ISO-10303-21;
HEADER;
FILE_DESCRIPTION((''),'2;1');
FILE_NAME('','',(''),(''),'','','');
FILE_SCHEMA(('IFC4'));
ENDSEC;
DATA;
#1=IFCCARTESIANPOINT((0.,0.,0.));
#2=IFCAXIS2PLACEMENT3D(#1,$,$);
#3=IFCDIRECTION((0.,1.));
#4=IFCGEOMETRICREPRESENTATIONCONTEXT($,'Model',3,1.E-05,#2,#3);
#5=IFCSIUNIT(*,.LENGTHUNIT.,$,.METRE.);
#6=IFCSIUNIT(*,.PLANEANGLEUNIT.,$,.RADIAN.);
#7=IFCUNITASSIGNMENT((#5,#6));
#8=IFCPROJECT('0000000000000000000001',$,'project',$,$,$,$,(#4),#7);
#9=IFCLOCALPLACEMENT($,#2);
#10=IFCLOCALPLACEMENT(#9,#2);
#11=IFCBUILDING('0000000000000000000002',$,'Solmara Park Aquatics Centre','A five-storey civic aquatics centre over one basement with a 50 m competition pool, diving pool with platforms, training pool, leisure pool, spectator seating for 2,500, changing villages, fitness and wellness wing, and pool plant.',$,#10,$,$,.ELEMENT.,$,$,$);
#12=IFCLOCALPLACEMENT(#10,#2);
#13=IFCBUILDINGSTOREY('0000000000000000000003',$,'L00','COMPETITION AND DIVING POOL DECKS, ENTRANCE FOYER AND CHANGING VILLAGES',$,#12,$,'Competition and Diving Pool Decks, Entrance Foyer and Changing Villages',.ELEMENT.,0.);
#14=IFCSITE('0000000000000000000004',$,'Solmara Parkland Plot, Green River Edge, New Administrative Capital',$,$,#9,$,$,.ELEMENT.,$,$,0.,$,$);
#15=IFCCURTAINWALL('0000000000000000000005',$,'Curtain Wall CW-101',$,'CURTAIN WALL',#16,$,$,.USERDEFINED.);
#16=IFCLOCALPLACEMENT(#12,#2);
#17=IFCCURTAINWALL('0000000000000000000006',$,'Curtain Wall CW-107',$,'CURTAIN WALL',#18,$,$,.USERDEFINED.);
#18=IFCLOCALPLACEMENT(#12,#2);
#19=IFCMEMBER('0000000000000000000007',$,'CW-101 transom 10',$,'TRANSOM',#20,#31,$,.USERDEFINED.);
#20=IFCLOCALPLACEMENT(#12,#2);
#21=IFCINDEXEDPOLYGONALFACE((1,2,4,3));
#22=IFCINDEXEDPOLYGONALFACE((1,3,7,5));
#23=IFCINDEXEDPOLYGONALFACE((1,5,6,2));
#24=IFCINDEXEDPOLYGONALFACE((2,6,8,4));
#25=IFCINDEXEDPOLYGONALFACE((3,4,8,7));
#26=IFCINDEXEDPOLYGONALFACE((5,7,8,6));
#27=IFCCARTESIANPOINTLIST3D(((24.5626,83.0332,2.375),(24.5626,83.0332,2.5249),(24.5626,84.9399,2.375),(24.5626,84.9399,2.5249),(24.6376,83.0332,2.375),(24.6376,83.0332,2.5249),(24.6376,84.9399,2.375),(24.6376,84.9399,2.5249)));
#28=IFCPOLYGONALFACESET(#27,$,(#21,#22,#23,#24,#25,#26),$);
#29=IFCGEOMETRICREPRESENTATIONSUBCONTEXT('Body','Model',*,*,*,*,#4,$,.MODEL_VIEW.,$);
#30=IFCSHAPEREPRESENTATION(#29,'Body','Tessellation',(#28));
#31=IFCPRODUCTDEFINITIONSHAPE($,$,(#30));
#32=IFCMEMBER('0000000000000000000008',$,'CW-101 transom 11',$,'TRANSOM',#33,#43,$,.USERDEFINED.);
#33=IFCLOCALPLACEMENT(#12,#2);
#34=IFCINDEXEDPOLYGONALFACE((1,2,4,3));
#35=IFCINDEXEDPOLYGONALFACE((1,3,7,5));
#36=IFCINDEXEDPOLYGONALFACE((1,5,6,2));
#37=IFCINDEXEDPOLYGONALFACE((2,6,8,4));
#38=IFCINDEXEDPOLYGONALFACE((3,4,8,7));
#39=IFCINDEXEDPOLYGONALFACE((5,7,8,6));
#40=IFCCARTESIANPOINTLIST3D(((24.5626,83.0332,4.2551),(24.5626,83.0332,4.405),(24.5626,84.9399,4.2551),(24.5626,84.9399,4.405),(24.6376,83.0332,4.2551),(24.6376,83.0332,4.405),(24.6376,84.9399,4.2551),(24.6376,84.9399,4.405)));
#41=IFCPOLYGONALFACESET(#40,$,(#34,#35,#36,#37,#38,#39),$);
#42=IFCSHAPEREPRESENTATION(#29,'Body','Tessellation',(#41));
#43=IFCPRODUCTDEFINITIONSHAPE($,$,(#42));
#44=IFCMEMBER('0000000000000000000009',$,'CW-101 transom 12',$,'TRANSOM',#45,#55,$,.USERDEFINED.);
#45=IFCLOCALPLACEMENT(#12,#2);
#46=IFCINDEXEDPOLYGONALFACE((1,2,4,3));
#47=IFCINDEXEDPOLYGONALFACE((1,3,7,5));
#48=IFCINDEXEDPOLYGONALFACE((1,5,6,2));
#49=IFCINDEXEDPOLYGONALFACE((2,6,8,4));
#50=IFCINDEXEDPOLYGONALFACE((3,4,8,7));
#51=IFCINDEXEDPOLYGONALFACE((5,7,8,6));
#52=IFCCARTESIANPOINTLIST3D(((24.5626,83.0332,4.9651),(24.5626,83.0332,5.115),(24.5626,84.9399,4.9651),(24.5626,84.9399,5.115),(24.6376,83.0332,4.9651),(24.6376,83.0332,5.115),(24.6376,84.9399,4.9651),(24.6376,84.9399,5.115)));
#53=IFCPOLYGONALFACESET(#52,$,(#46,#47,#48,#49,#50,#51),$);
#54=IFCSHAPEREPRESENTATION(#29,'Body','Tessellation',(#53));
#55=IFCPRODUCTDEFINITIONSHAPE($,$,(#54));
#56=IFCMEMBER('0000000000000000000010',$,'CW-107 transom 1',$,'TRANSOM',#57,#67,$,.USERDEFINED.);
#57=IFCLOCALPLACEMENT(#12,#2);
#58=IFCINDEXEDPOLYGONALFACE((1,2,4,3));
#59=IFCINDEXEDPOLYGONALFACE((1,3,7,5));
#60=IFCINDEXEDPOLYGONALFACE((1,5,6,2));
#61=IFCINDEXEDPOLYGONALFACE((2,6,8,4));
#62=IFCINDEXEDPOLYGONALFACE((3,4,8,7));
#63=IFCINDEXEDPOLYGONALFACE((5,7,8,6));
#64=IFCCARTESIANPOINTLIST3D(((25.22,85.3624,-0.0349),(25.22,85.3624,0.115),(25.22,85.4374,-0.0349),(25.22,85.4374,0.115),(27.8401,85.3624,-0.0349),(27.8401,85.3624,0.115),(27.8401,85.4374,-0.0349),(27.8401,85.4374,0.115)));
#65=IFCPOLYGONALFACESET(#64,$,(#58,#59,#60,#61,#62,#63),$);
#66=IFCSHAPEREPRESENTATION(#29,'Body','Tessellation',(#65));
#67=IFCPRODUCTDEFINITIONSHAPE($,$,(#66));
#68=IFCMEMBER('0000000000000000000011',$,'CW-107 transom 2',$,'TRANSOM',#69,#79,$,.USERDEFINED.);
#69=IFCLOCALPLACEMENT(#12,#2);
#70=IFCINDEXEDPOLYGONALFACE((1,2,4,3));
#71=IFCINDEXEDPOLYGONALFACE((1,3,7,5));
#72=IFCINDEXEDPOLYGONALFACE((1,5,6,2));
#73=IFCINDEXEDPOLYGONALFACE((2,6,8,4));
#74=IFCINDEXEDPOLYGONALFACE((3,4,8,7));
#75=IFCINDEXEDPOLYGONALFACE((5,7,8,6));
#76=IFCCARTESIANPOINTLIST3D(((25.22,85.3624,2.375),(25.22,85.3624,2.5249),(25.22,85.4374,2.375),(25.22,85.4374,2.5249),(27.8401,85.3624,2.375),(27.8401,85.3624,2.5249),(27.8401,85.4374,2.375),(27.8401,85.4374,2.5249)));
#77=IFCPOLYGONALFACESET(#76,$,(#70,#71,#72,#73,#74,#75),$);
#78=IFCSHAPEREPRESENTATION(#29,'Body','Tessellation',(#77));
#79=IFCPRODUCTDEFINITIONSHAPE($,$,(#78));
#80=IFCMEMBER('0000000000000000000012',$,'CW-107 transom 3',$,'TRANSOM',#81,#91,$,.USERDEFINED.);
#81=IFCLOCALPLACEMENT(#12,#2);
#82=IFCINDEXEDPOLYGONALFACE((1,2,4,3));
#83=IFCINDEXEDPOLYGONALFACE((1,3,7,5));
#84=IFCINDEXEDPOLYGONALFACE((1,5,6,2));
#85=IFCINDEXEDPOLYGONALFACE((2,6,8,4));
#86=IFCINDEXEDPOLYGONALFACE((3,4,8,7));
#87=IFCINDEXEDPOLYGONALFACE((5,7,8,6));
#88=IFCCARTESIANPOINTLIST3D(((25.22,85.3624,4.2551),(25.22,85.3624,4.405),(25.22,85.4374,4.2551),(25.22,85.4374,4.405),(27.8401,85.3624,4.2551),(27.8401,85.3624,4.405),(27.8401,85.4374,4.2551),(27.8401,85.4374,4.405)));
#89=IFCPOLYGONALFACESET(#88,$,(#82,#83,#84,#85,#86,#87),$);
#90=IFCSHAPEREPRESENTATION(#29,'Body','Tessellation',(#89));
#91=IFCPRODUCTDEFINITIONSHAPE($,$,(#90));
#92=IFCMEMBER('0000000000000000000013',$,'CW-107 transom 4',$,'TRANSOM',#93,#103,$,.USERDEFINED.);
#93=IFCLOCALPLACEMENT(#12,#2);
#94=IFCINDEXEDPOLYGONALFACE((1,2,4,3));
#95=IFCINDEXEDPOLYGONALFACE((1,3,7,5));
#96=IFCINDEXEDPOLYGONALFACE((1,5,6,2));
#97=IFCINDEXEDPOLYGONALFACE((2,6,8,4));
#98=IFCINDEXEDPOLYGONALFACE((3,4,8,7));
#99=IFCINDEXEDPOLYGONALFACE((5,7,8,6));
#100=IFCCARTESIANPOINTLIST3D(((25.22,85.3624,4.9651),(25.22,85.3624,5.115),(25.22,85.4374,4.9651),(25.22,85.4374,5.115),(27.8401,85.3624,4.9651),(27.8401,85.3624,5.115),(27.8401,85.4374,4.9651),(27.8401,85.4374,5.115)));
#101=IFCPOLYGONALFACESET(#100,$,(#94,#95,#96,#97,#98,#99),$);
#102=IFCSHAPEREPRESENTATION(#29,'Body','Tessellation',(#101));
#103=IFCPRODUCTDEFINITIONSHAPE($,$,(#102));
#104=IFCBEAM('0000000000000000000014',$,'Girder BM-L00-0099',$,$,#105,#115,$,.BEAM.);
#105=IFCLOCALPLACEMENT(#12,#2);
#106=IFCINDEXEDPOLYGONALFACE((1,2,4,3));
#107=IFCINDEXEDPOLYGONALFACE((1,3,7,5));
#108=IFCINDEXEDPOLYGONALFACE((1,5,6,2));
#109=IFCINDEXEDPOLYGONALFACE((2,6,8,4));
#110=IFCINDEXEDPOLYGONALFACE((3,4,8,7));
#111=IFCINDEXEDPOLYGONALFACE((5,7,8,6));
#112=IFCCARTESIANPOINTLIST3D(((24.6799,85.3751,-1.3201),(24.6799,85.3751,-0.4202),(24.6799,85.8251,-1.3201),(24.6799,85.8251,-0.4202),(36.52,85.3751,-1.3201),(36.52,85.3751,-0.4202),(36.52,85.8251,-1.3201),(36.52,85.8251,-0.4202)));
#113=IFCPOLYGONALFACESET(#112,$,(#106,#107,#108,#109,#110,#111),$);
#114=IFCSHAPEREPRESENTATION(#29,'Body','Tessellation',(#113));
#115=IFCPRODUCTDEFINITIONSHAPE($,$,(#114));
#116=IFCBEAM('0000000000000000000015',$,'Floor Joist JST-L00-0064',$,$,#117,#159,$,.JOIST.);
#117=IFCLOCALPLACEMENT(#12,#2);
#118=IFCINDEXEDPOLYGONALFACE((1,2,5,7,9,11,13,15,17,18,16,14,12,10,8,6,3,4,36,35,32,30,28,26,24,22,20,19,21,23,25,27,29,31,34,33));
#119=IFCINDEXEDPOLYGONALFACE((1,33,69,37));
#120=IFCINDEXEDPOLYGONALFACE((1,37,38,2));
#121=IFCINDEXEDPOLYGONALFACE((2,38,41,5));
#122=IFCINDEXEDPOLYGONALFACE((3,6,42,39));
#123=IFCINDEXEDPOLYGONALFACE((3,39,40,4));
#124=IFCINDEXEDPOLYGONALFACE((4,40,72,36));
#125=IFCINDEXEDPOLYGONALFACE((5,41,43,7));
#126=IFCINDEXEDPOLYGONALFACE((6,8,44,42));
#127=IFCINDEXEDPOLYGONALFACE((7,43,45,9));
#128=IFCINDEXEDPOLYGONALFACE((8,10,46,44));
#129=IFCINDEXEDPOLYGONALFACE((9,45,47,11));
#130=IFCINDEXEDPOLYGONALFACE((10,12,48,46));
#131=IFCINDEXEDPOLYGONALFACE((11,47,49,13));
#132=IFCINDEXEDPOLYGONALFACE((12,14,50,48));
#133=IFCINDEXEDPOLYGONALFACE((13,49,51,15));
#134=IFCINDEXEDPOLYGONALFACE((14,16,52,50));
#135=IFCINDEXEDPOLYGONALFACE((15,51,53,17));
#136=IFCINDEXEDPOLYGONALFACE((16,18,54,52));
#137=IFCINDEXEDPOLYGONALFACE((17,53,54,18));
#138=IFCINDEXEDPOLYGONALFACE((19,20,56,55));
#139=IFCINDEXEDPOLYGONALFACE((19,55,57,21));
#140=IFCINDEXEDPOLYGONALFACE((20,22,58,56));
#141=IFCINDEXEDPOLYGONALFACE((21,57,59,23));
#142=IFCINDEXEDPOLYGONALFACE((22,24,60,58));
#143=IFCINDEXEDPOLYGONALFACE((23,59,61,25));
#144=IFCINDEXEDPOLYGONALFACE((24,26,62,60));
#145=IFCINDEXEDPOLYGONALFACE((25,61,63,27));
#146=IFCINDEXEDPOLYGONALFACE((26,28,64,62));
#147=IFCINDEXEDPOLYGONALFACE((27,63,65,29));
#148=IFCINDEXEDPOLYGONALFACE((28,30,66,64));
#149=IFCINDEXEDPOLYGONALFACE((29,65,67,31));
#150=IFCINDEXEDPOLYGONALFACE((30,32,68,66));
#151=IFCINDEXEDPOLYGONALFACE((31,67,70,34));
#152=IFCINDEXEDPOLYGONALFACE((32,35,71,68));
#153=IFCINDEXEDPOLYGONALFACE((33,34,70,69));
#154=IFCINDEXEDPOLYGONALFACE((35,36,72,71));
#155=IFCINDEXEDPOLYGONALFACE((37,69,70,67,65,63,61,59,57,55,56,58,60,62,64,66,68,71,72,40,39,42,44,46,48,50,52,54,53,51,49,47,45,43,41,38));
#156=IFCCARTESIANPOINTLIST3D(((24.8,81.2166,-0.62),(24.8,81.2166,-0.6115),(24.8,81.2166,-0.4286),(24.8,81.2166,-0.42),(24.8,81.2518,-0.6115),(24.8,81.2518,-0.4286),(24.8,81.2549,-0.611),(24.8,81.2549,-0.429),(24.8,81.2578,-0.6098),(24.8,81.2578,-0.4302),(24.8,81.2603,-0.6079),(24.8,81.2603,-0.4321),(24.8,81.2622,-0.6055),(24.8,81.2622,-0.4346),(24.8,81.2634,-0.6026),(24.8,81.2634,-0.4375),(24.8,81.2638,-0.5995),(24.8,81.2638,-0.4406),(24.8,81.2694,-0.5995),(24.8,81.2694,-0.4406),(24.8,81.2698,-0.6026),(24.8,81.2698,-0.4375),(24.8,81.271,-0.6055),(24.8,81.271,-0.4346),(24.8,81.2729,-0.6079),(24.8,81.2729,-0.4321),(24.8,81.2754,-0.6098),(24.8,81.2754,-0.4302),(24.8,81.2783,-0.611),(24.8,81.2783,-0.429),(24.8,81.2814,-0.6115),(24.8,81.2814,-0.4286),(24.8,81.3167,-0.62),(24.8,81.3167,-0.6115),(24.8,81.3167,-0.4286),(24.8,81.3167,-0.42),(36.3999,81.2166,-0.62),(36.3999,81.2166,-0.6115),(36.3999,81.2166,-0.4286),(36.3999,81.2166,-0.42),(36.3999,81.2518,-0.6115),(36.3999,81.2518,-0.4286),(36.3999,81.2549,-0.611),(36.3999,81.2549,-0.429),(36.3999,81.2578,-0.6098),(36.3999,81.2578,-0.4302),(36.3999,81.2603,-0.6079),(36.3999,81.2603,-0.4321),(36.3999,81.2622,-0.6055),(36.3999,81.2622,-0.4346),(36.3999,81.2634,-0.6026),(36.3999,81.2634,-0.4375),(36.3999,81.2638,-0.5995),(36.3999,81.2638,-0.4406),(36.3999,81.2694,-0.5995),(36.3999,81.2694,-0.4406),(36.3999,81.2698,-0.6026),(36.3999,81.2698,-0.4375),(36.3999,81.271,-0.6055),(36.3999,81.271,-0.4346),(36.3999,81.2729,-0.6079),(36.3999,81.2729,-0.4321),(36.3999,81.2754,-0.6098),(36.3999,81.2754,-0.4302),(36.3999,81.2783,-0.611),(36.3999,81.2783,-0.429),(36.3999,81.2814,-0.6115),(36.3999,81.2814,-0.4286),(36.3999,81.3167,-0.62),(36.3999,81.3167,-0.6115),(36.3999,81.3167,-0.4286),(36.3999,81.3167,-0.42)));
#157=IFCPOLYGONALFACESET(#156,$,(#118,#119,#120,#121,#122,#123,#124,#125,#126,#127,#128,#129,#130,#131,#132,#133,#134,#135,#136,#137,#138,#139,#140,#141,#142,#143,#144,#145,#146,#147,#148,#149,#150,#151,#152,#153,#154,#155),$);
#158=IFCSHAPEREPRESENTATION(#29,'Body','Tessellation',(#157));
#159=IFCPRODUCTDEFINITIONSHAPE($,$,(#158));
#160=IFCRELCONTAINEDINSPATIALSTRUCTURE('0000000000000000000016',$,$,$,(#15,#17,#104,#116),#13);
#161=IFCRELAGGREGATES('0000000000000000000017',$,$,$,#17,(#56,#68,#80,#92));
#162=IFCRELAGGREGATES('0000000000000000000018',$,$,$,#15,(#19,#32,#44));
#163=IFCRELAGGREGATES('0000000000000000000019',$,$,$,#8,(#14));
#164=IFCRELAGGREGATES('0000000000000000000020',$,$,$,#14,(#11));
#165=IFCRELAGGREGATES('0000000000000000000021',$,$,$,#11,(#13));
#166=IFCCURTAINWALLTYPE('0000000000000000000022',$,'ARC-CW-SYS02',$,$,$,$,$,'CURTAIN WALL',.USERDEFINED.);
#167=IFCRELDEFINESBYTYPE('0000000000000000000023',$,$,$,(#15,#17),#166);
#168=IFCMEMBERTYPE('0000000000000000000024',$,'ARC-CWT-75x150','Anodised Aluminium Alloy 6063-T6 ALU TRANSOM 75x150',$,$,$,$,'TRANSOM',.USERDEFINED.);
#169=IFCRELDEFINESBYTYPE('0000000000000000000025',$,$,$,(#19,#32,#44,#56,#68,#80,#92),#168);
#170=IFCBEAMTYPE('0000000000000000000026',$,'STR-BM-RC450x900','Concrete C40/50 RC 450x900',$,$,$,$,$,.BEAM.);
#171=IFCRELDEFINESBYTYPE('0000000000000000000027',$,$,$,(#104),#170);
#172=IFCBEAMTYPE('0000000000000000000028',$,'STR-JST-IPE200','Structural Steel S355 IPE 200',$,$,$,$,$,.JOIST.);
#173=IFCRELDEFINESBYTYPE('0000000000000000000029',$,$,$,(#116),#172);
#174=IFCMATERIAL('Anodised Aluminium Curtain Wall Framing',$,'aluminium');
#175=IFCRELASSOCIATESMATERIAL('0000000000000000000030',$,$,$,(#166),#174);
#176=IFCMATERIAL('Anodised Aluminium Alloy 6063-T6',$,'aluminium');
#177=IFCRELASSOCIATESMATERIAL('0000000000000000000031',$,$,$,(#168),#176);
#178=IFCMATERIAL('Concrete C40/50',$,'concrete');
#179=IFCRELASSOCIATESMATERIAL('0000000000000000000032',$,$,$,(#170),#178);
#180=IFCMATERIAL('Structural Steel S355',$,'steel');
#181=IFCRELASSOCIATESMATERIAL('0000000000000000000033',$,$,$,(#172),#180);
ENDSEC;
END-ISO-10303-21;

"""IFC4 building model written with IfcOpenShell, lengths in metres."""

from ifc_helpers import new_model, si_unit, direction, frame, origin, origin_2d, place, context, subcontext, project, spatial, rectangle, i_section, extrude, material, material_profile, profile_set, type_object, element, aggregate, save


model = new_model("IFC4")

# Units and contexts
model_context = context("Model", 3, precision=1e-05, world=origin(), true_north=direction((0.0, 1.0)))
body_context = subcontext(model_context, "Body", "Model", "MODEL_VIEW")
ifc_project = project(units=[si_unit("LENGTHUNIT", "METRE"), si_unit("PLANEANGLEUNIT", "RADIAN")], contexts=[model_context])

# Site, building, storey
site_placement = place(None, origin())
site = spatial("IfcSite", under=ifc_project, at=site_placement, Name="Solmara Parkland Plot, Green River Edge, New Administrative Capital", CompositionType="ELEMENT", RefElevation=0.0)
building_placement = place(site_placement, origin())
building = spatial("IfcBuilding", under=site, at=building_placement, Name="Solmara Park Aquatics Centre", Description="A five-storey civic aquatics centre over one basement with a 50 m competition pool, diving pool with platforms, training pool, leisure pool, spectator seating for 2,500, changing villages, fitness and wellness wing, and pool plant.", CompositionType="ELEMENT")
storey_placement = place(building_placement, origin())
storey = spatial("IfcBuildingStorey", under=building, at=storey_placement, Name="L00", Description="COMPETITION AND DIVING POOL DECKS, ENTRANCE FOYER AND CHANGING VILLAGES", LongName="Competition and Diving Pool Decks, Entrance Foyer and Changing Villages", CompositionType="ELEMENT", Elevation=0.0)

# Shared definitions
ifc_material_1 = material(Name="Concrete C40/50", Category="concrete")

# Curtain wall
ifc_material_2 = material(Name="Anodised Aluminium Curtain Wall Framing", Category="aluminium")
curtain_wall_type = type_object("IfcCurtainWallType", Name="ARC-CW-SYS02", ElementType="CURTAIN WALL", PredefinedType="USERDEFINED", material=ifc_material_2)
curtain_wall_1_placement = place(storey_placement, origin())
curtain_wall_1 = element("IfcCurtainWall", 1, at=curtain_wall_1_placement, inside=storey, type_object=curtain_wall_type, Name="Curtain Wall CW-101", ObjectType="CURTAIN WALL", PredefinedType="USERDEFINED")
ifc_material_3 = material(Name="Anodised Aluminium Alloy 6063-T6", Category="aluminium")

# Curtain wall
curtain_wall_2_placement = place(storey_placement, origin())
curtain_wall_2 = element("IfcCurtainWall", 2, at=curtain_wall_2_placement, inside=storey, type_object=curtain_wall_type, Name="Curtain Wall CW-107", ObjectType="CURTAIN WALL", PredefinedType="USERDEFINED")

# Members
ifc_material_profile_1 = material_profile(ifc_material_3, rectangle(XDim=0.075, YDim=0.1499, at=origin_2d()), Name="ALU TRANSOM 75x150")
ifc_profile_set_1 = profile_set([ifc_material_profile_1], Name="Anodised Aluminium Alloy 6063-T6")
member_type_1 = type_object("IfcMemberType", Name="ARC-CWT-75x150", Description="Anodised Aluminium Alloy 6063-T6 ALU TRANSOM 75x150", ElementType="TRANSOM", PredefinedType="USERDEFINED", material=ifc_profile_set_1)
member_1_placement = place(storey_placement, frame((24.6001, 83.0332, 2.45), z_axis=(0.0, 1.0, 0.0), x_axis=(-1.0, 0.0, 0.0)))
member_1 = element("IfcMember", 3, at=member_1_placement, type_object=member_type_1, Name="CW-101 transom 10", ObjectType="TRANSOM", PredefinedType="USERDEFINED", context=body_context, shape_type="SweptSolid", body=[
    extrude(rectangle(XDim=0.075, YDim=0.1499, at=origin_2d()), origin(), (0.0, 0.0, 1.0), 1.9067),
])
member_2_placement = place(storey_placement, frame((24.6001, 83.0332, 4.3301), z_axis=(0.0, 1.0, 0.0), x_axis=(-1.0, 0.0, 0.0)))
member_2 = element("IfcMember", 4, at=member_2_placement, type_object=member_type_1, Name="CW-101 transom 11", ObjectType="TRANSOM", PredefinedType="USERDEFINED", context=body_context, shape_type="SweptSolid", body=[
    extrude(rectangle(XDim=0.075, YDim=0.1499, at=origin_2d()), origin(), (0.0, 0.0, 1.0), 1.9067),
])
member_3_placement = place(storey_placement, frame((24.6001, 83.0332, 5.04), z_axis=(0.0, 1.0, 0.0), x_axis=(-1.0, 0.0, 0.0)))
member_3 = element("IfcMember", 5, at=member_3_placement, type_object=member_type_1, Name="CW-101 transom 12", ObjectType="TRANSOM", PredefinedType="USERDEFINED", context=body_context, shape_type="SweptSolid", body=[
    extrude(rectangle(XDim=0.075, YDim=0.1499, at=origin_2d()), origin(), (0.0, 0.0, 1.0), 1.9067),
])
member_4_placement = place(storey_placement, frame((25.22, 85.3999, 0.04), z_axis=(1.0, 0.0, 0.0), x_axis=(0.0, 1.0, 0.0)))
member_4 = element("IfcMember", 6, at=member_4_placement, type_object=member_type_1, Name="CW-107 transom 1", ObjectType="TRANSOM", PredefinedType="USERDEFINED", context=body_context, shape_type="SweptSolid", body=[
    extrude(rectangle(XDim=0.075, YDim=0.1499, at=origin_2d()), origin(), (0.0, 0.0, 1.0), 2.6201),
])
member_5_placement = place(storey_placement, frame((25.22, 85.3999, 2.45), z_axis=(1.0, 0.0, 0.0), x_axis=(0.0, 1.0, 0.0)))
member_5 = element("IfcMember", 7, at=member_5_placement, type_object=member_type_1, Name="CW-107 transom 2", ObjectType="TRANSOM", PredefinedType="USERDEFINED", context=body_context, shape_type="SweptSolid", body=[
    extrude(rectangle(XDim=0.075, YDim=0.1499, at=origin_2d()), origin(), (0.0, 0.0, 1.0), 2.6201),
])
member_6_placement = place(storey_placement, frame((25.22, 85.3999, 4.3301), z_axis=(1.0, 0.0, 0.0), x_axis=(0.0, 1.0, 0.0)))
member_6 = element("IfcMember", 8, at=member_6_placement, type_object=member_type_1, Name="CW-107 transom 3", ObjectType="TRANSOM", PredefinedType="USERDEFINED", context=body_context, shape_type="SweptSolid", body=[
    extrude(rectangle(XDim=0.075, YDim=0.1499, at=origin_2d()), origin(), (0.0, 0.0, 1.0), 2.6201),
])
member_7_placement = place(storey_placement, frame((25.22, 85.3999, 5.04), z_axis=(1.0, 0.0, 0.0), x_axis=(0.0, 1.0, 0.0)))
member_7 = element("IfcMember", 9, at=member_7_placement, type_object=member_type_1, Name="CW-107 transom 4", ObjectType="TRANSOM", PredefinedType="USERDEFINED", context=body_context, shape_type="SweptSolid", body=[
    extrude(rectangle(XDim=0.075, YDim=0.1499, at=origin_2d()), origin(), (0.0, 0.0, 1.0), 2.6201),
])

# Beams
ifc_material_profile_2 = material_profile(ifc_material_1, rectangle(XDim=0.45, YDim=0.8999, at=origin_2d()), Name="RC 450x900")
ifc_profile_set_2 = profile_set([ifc_material_profile_2], Name="Concrete C40/50")
beam_type_1 = type_object("IfcBeamType", Name="STR-BM-RC450x900", Description="Concrete C40/50 RC 450x900", PredefinedType="BEAM", material=ifc_profile_set_2)
beam_1_placement = place(storey_placement, frame((24.6799, 85.6001, -0.8701), z_axis=(1.0, 0.0, 0.0), x_axis=(0.0, 1.0, 0.0)))
element("IfcBeam", 10, at=beam_1_placement, inside=storey, type_object=beam_type_1, Name="Girder BM-L00-0099", PredefinedType="BEAM", context=body_context, shape_type="SweptSolid", body=[
    extrude(rectangle(XDim=0.45, YDim=0.8999, at=origin_2d()), origin(), (0.0, 0.0, 1.0), 11.8401),
])
ifc_material_4 = material(Name="Structural Steel S355", Category="steel")
ifc_material_profile_3 = material_profile(ifc_material_4, i_section(OverallWidth=0.1001, OverallDepth=0.2, WebThickness=0.0056, FlangeThickness=0.0085, FilletRadius=0.012, at=origin_2d()), Name="IPE 200")
ifc_profile_set_3 = profile_set([ifc_material_profile_3], Name="Structural Steel S355")
beam_type_2 = type_object("IfcBeamType", Name="STR-JST-IPE200", Description="Structural Steel S355 IPE 200", PredefinedType="JOIST", material=ifc_profile_set_3)
beam_2_placement = place(storey_placement, frame((24.8, 81.2666, -0.52), z_axis=(1.0, 0.0, 0.0), x_axis=(0.0, 1.0, 0.0)))
element("IfcBeam", 11, at=beam_2_placement, inside=storey, type_object=beam_type_2, Name="Floor Joist JST-L00-0064", PredefinedType="JOIST", context=body_context, shape_type="SweptSolid", body=[
    extrude(i_section(OverallWidth=0.1001, OverallDepth=0.2, WebThickness=0.0056, FlangeThickness=0.0085, FilletRadius=0.012, at=origin_2d()), origin(), (0.0, 0.0, 1.0), 11.5999),
])

aggregate(curtain_wall_2, [member_4, member_5, member_6, member_7])
aggregate(curtain_wall_1, [member_1, member_2, member_3])

save(model, "model.ifc")
